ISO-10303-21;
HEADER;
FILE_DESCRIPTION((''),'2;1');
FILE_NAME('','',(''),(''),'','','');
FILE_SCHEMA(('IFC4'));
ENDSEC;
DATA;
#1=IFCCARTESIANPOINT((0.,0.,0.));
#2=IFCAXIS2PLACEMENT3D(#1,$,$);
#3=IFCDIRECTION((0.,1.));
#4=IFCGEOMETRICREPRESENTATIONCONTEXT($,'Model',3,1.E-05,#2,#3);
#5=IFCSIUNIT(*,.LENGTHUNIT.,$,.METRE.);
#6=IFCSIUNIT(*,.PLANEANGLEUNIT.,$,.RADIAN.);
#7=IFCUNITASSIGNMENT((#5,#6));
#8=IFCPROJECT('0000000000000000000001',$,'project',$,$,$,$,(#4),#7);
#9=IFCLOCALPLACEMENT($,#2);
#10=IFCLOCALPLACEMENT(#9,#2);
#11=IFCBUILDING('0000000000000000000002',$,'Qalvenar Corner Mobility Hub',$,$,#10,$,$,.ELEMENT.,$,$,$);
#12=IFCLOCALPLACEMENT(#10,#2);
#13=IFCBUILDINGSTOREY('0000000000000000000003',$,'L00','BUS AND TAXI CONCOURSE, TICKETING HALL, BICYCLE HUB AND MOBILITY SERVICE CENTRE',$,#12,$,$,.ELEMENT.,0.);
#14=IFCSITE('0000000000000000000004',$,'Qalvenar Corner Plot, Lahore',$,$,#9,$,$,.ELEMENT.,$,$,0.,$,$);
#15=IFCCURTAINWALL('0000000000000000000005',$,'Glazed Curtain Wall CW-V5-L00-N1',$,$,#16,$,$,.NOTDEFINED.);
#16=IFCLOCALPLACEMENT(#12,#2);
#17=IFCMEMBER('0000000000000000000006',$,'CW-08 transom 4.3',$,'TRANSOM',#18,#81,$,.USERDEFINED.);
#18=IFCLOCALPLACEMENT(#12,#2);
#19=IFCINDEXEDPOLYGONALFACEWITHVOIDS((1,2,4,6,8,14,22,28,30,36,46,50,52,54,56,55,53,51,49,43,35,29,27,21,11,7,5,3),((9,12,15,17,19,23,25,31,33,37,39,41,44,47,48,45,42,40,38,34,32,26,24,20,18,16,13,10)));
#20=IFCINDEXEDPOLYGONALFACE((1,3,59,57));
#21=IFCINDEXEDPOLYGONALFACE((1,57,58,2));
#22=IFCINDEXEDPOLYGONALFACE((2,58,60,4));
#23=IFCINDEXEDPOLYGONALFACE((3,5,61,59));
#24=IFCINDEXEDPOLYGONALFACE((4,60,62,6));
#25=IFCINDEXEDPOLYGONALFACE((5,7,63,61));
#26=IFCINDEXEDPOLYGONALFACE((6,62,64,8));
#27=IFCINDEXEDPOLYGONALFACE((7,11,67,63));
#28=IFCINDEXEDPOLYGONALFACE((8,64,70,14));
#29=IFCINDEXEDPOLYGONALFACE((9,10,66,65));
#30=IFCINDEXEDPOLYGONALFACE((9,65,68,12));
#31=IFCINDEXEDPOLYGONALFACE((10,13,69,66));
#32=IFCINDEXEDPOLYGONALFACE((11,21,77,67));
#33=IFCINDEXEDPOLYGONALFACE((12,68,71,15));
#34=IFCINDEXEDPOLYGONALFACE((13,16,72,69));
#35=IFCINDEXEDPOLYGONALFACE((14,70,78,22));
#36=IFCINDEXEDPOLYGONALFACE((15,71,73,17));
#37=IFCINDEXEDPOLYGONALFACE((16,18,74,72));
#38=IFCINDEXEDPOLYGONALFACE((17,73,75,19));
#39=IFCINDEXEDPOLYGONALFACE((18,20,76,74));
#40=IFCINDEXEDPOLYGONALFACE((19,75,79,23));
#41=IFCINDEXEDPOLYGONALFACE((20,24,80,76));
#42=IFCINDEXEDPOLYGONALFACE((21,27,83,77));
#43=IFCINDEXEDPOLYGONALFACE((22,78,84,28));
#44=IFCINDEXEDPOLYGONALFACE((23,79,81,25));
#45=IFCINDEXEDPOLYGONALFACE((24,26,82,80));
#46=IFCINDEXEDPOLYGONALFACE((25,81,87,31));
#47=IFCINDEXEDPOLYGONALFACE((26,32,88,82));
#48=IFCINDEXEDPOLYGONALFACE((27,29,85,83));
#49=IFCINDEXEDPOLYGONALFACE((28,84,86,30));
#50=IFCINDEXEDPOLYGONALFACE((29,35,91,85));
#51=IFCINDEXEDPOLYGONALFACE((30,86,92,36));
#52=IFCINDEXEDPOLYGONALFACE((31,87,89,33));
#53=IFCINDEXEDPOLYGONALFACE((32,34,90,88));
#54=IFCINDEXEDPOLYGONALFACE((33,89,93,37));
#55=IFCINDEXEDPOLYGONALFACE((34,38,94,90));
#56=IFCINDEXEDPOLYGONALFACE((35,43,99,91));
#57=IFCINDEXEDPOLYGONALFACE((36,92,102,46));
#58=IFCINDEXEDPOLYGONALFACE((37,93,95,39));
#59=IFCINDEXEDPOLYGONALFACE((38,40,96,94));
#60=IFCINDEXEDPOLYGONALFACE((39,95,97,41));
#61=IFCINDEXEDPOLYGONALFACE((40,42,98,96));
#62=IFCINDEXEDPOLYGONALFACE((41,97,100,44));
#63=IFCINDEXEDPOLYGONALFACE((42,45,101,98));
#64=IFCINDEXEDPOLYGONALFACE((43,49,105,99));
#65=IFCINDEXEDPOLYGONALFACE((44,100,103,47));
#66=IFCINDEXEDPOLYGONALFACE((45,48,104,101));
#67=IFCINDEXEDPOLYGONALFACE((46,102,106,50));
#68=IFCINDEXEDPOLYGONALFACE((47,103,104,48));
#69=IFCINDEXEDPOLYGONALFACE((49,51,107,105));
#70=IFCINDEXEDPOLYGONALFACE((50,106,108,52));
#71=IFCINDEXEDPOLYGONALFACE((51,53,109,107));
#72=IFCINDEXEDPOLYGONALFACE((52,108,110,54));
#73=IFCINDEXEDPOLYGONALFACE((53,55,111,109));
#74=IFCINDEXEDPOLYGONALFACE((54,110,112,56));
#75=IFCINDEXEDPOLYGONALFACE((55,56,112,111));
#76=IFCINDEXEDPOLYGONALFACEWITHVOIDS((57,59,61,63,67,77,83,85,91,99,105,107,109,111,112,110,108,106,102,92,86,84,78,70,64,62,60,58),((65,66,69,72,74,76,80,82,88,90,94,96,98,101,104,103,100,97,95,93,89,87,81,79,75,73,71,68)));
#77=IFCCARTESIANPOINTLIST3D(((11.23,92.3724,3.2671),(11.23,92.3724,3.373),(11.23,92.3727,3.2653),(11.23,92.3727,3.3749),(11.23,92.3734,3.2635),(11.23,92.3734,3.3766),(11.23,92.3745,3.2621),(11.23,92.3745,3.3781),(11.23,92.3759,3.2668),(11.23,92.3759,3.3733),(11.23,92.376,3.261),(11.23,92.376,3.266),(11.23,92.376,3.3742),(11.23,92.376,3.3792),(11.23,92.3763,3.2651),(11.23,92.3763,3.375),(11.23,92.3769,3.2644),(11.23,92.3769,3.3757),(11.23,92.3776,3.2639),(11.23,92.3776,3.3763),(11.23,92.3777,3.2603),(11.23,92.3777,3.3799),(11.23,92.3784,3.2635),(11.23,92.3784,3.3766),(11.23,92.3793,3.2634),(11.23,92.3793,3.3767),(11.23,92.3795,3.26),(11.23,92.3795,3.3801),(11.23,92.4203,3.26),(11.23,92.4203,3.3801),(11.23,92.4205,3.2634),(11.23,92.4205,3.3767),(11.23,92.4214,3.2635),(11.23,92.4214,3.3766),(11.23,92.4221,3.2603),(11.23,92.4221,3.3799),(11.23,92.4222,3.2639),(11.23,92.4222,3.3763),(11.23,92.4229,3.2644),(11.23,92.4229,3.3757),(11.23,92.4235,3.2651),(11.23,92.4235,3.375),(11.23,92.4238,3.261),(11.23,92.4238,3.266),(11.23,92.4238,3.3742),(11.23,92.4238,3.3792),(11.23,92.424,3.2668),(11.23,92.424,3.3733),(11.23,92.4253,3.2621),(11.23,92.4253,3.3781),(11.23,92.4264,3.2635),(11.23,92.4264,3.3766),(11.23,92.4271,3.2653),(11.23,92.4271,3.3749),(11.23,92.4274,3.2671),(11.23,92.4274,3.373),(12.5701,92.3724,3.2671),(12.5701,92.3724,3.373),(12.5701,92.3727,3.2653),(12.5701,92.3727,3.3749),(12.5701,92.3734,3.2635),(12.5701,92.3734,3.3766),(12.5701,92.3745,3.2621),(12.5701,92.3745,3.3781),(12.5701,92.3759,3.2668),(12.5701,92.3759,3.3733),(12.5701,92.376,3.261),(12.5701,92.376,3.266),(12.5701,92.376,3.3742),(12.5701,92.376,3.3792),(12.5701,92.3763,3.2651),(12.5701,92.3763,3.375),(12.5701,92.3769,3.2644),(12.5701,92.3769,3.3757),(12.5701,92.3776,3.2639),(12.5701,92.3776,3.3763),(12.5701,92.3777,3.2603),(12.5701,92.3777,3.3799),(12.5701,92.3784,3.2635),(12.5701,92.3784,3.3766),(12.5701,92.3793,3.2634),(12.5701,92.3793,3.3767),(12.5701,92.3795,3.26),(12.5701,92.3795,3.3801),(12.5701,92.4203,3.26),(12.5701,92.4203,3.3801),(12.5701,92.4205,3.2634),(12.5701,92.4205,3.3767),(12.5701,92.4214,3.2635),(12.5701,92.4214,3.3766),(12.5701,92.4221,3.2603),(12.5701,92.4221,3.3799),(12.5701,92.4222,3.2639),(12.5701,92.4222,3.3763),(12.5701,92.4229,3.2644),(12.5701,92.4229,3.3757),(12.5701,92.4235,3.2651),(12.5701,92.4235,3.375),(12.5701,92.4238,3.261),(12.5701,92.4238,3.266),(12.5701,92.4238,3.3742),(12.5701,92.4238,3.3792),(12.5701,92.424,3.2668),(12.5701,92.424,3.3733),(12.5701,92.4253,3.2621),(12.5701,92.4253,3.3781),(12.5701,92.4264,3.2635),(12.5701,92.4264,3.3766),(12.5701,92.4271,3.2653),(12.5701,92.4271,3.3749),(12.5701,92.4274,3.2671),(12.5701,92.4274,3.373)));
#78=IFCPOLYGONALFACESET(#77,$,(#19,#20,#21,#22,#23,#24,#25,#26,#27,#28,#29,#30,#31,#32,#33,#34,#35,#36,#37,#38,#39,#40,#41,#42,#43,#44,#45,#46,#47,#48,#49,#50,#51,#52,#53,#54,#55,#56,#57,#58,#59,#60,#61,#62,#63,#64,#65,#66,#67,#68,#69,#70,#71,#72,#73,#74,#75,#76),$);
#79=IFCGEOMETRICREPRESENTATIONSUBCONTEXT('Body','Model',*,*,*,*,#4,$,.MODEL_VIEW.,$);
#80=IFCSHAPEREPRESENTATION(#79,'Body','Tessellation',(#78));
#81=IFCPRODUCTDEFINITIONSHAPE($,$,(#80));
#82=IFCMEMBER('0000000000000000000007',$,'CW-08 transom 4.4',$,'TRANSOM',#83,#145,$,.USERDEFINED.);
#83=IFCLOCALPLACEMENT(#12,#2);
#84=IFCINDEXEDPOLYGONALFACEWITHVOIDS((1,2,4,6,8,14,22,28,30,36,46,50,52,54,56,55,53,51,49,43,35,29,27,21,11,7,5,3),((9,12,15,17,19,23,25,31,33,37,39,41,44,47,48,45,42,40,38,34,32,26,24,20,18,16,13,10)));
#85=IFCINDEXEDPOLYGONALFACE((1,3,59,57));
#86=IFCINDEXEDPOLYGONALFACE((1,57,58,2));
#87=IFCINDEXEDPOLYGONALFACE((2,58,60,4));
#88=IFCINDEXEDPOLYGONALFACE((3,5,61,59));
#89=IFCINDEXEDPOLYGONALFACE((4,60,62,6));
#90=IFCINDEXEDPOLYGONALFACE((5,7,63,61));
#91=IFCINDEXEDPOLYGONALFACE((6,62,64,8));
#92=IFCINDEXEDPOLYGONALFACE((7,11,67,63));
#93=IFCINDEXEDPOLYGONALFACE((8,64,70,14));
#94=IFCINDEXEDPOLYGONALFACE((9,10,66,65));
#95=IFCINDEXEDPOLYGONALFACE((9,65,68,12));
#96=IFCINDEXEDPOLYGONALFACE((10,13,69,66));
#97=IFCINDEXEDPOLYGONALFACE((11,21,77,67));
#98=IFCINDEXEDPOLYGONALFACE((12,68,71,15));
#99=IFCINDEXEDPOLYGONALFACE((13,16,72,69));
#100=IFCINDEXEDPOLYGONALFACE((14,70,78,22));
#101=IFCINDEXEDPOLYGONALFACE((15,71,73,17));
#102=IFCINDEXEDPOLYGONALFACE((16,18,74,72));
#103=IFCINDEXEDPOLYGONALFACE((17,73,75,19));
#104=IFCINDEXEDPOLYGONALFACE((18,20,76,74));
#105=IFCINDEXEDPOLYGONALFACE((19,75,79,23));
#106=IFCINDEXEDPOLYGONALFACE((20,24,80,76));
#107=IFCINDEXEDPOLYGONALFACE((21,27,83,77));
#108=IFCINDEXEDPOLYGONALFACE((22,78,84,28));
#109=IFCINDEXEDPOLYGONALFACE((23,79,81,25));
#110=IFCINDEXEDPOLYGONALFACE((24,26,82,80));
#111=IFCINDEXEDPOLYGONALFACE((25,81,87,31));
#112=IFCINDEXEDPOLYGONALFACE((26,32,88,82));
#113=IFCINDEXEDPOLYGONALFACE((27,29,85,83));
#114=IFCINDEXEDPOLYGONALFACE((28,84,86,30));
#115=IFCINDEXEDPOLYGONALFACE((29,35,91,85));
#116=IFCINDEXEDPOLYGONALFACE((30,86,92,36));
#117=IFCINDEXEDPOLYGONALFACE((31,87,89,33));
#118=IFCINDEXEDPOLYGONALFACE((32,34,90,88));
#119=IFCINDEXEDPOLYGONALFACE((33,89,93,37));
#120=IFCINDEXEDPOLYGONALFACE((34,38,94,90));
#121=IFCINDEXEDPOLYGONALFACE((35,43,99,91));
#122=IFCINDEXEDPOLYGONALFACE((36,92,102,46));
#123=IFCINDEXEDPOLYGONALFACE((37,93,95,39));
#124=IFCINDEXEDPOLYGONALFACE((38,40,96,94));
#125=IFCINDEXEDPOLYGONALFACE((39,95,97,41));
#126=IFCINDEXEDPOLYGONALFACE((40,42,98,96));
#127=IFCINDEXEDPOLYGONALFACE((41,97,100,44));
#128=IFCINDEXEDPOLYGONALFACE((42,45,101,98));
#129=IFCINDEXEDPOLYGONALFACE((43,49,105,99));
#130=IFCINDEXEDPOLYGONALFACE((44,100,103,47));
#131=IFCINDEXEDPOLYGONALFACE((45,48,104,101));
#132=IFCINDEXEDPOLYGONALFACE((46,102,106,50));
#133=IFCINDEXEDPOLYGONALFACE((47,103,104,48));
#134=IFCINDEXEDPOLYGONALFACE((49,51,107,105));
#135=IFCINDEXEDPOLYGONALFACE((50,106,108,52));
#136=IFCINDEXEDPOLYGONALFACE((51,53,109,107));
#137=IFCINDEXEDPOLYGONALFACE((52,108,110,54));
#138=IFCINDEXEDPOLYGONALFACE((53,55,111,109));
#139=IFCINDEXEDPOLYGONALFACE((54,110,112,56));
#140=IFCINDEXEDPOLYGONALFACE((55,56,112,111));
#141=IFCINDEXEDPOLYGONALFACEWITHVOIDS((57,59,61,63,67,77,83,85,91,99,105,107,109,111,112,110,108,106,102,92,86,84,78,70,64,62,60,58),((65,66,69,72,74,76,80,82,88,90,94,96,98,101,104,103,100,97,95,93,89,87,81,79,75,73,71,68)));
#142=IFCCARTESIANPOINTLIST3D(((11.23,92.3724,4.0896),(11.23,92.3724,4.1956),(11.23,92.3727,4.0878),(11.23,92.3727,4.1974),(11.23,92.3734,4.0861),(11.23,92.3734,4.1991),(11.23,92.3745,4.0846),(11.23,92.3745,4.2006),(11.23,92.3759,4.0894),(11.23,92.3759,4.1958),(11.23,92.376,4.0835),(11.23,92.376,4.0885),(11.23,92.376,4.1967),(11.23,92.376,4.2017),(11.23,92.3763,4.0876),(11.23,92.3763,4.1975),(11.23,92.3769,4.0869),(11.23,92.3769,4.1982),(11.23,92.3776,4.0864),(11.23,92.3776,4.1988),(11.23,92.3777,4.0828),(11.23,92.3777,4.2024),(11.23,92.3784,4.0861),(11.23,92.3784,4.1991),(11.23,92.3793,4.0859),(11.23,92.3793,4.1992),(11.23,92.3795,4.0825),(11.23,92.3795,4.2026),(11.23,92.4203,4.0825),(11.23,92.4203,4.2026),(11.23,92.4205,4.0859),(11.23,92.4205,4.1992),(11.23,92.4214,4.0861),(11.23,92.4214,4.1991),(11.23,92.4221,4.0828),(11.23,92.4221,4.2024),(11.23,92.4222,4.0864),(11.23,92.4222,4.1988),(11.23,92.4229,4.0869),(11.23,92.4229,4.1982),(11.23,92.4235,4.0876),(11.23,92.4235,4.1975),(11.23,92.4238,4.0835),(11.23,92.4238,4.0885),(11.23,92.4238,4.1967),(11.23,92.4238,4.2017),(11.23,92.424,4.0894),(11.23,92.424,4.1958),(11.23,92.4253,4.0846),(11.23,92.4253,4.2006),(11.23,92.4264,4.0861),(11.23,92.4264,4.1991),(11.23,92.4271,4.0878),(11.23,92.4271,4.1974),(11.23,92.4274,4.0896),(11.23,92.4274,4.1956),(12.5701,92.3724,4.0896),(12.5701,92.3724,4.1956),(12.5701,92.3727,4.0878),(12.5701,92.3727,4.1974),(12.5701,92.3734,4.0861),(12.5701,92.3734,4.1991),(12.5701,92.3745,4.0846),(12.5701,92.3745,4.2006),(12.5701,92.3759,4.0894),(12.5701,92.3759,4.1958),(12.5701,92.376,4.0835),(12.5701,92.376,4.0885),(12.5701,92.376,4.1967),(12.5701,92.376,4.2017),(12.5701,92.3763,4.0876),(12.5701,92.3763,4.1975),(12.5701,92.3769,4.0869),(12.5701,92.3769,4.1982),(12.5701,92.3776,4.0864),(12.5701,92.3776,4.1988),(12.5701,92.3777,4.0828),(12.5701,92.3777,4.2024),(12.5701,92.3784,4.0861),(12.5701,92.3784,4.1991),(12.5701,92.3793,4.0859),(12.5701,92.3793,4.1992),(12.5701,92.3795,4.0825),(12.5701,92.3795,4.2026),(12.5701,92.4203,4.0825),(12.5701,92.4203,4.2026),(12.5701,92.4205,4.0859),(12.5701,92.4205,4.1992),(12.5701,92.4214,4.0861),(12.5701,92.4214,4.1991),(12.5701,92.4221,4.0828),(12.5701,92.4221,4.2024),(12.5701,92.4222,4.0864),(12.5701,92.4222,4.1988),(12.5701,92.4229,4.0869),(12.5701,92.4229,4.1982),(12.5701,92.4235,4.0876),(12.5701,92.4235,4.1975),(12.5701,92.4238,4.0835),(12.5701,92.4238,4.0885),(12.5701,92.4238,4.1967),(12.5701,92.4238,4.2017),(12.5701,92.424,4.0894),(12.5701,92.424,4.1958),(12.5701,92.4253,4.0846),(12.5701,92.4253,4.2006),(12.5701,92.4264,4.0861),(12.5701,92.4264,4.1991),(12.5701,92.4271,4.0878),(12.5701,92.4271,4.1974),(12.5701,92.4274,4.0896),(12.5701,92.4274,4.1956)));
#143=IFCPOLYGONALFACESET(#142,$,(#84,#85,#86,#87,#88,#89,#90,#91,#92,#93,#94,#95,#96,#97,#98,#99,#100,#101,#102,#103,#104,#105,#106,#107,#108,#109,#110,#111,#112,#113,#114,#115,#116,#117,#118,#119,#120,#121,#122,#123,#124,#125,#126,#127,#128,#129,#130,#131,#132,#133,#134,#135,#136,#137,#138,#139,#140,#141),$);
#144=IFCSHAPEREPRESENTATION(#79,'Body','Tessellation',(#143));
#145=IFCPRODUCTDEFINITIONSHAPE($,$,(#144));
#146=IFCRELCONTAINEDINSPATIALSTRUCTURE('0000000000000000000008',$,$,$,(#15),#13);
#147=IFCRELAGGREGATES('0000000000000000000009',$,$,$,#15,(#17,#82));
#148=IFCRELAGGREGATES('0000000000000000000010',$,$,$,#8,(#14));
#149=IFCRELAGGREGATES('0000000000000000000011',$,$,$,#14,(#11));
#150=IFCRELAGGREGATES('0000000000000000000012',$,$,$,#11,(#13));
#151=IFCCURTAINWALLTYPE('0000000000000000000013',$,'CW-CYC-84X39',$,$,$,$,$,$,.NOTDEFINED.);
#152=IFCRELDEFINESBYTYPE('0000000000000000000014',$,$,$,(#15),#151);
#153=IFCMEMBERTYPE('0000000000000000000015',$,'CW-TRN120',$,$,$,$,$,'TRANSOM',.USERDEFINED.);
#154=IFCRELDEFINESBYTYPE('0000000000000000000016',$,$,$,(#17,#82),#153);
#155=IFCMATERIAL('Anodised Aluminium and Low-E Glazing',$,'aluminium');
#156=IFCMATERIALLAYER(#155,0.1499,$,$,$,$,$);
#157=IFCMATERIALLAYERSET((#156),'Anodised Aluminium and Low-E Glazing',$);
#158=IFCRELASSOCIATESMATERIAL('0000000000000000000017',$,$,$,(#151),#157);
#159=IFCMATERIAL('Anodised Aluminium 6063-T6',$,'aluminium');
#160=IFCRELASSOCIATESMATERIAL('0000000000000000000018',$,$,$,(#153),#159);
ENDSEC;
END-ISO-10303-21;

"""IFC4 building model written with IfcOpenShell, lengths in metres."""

from ifc_helpers import new_model, si_unit, direction, frame, origin, origin_2d, place, context, subcontext, project, spatial, hollow_rectangle, extrude, material, layer, layer_set, material_profile, profile_set, type_object, element, aggregate, save


model = new_model("IFC4")

# Units and contexts
model_context = context("Model", 3, precision=1e-05, world=origin(), true_north=direction((0.0, 1.0)))
body_context = subcontext(model_context, "Body", "Model", "MODEL_VIEW")
ifc_project = project(units=[si_unit("LENGTHUNIT", "METRE"), si_unit("PLANEANGLEUNIT", "RADIAN")], contexts=[model_context])

# Site, building, storey
site_placement = place(None, origin())
site = spatial("IfcSite", under=ifc_project, at=site_placement, Name="Qalvenar Corner Plot, Lahore", CompositionType="ELEMENT", RefElevation=0.0)
building_placement = place(site_placement, origin())
building = spatial("IfcBuilding", under=site, at=building_placement, Name="Qalvenar Corner Mobility Hub", CompositionType="ELEMENT")
storey_placement = place(building_placement, origin())
storey = spatial("IfcBuildingStorey", under=building, at=storey_placement, Name="L00", Description="BUS AND TAXI CONCOURSE, TICKETING HALL, BICYCLE HUB AND MOBILITY SERVICE CENTRE", CompositionType="ELEMENT", Elevation=0.0)

# Curtain wall, members
ifc_material_1 = material(Name="Anodised Aluminium and Low-E Glazing", Category="aluminium")
ifc_layer_1 = layer(ifc_material_1, 0.1499)
ifc_layer_set_1 = layer_set([ifc_layer_1], Name="Anodised Aluminium and Low-E Glazing")
curtain_wall_type = type_object("IfcCurtainWallType", Name="CW-CYC-84X39", PredefinedType="NOTDEFINED", material=ifc_layer_set_1)
curtain_wall_placement = place(storey_placement, origin())
curtain_wall = element("IfcCurtainWall", 1, at=curtain_wall_placement, inside=storey, type_object=curtain_wall_type, Name="Glazed Curtain Wall CW-V5-L00-N1", PredefinedType="NOTDEFINED")
ifc_material_2 = material(Name="Anodised Aluminium 6063-T6", Category="aluminium")
ifc_material_profile_1 = material_profile(ifc_material_2, hollow_rectangle(XDim=0.0549, YDim=0.1201, WallThickness=0.0034, InnerFilletRadius=0.0034, OuterFilletRadius=0.0071, at=origin_2d()), Name="RHS120x55x3.5")
ifc_profile_set_1 = profile_set([ifc_material_profile_1], Name="Anodised Aluminium 6063-T6")
member_type_1 = type_object("IfcMemberType", Name="CW-TRN120", ElementType="TRANSOM", PredefinedType="USERDEFINED", material=ifc_profile_set_1)
member_1_placement = place(storey_placement, frame((12.5701, 92.3999, 3.3201), z_axis=(-1.0, 0.0, 0.0), x_axis=(0.0, -1.0, 0.0)))
member_1 = element("IfcMember", 2, at=member_1_placement, type_object=member_type_1, Name="CW-08 transom 4.3", ObjectType="TRANSOM", PredefinedType="USERDEFINED", context=body_context, shape_type="SweptSolid", body=[
    extrude(hollow_rectangle(XDim=0.0549, YDim=0.1201, WallThickness=0.0034, InnerFilletRadius=0.0034, OuterFilletRadius=0.0071, at=origin_2d()), origin(), (0.0, 0.0, 1.0), 1.3401),
])
member_2_placement = place(storey_placement, frame((12.5701, 92.3999, 4.1426), z_axis=(-1.0, 0.0, 0.0), x_axis=(0.0, -1.0, 0.0)))
member_2 = element("IfcMember", 3, at=member_2_placement, type_object=member_type_1, Name="CW-08 transom 4.4", ObjectType="TRANSOM", PredefinedType="USERDEFINED", context=body_context, shape_type="SweptSolid", body=[
    extrude(hollow_rectangle(XDim=0.0549, YDim=0.1201, WallThickness=0.0034, InnerFilletRadius=0.0034, OuterFilletRadius=0.0071, at=origin_2d()), origin(), (0.0, 0.0, 1.0), 1.3401),
])
aggregate(curtain_wall, [member_1, member_2])

save(model, "model.ifc")
